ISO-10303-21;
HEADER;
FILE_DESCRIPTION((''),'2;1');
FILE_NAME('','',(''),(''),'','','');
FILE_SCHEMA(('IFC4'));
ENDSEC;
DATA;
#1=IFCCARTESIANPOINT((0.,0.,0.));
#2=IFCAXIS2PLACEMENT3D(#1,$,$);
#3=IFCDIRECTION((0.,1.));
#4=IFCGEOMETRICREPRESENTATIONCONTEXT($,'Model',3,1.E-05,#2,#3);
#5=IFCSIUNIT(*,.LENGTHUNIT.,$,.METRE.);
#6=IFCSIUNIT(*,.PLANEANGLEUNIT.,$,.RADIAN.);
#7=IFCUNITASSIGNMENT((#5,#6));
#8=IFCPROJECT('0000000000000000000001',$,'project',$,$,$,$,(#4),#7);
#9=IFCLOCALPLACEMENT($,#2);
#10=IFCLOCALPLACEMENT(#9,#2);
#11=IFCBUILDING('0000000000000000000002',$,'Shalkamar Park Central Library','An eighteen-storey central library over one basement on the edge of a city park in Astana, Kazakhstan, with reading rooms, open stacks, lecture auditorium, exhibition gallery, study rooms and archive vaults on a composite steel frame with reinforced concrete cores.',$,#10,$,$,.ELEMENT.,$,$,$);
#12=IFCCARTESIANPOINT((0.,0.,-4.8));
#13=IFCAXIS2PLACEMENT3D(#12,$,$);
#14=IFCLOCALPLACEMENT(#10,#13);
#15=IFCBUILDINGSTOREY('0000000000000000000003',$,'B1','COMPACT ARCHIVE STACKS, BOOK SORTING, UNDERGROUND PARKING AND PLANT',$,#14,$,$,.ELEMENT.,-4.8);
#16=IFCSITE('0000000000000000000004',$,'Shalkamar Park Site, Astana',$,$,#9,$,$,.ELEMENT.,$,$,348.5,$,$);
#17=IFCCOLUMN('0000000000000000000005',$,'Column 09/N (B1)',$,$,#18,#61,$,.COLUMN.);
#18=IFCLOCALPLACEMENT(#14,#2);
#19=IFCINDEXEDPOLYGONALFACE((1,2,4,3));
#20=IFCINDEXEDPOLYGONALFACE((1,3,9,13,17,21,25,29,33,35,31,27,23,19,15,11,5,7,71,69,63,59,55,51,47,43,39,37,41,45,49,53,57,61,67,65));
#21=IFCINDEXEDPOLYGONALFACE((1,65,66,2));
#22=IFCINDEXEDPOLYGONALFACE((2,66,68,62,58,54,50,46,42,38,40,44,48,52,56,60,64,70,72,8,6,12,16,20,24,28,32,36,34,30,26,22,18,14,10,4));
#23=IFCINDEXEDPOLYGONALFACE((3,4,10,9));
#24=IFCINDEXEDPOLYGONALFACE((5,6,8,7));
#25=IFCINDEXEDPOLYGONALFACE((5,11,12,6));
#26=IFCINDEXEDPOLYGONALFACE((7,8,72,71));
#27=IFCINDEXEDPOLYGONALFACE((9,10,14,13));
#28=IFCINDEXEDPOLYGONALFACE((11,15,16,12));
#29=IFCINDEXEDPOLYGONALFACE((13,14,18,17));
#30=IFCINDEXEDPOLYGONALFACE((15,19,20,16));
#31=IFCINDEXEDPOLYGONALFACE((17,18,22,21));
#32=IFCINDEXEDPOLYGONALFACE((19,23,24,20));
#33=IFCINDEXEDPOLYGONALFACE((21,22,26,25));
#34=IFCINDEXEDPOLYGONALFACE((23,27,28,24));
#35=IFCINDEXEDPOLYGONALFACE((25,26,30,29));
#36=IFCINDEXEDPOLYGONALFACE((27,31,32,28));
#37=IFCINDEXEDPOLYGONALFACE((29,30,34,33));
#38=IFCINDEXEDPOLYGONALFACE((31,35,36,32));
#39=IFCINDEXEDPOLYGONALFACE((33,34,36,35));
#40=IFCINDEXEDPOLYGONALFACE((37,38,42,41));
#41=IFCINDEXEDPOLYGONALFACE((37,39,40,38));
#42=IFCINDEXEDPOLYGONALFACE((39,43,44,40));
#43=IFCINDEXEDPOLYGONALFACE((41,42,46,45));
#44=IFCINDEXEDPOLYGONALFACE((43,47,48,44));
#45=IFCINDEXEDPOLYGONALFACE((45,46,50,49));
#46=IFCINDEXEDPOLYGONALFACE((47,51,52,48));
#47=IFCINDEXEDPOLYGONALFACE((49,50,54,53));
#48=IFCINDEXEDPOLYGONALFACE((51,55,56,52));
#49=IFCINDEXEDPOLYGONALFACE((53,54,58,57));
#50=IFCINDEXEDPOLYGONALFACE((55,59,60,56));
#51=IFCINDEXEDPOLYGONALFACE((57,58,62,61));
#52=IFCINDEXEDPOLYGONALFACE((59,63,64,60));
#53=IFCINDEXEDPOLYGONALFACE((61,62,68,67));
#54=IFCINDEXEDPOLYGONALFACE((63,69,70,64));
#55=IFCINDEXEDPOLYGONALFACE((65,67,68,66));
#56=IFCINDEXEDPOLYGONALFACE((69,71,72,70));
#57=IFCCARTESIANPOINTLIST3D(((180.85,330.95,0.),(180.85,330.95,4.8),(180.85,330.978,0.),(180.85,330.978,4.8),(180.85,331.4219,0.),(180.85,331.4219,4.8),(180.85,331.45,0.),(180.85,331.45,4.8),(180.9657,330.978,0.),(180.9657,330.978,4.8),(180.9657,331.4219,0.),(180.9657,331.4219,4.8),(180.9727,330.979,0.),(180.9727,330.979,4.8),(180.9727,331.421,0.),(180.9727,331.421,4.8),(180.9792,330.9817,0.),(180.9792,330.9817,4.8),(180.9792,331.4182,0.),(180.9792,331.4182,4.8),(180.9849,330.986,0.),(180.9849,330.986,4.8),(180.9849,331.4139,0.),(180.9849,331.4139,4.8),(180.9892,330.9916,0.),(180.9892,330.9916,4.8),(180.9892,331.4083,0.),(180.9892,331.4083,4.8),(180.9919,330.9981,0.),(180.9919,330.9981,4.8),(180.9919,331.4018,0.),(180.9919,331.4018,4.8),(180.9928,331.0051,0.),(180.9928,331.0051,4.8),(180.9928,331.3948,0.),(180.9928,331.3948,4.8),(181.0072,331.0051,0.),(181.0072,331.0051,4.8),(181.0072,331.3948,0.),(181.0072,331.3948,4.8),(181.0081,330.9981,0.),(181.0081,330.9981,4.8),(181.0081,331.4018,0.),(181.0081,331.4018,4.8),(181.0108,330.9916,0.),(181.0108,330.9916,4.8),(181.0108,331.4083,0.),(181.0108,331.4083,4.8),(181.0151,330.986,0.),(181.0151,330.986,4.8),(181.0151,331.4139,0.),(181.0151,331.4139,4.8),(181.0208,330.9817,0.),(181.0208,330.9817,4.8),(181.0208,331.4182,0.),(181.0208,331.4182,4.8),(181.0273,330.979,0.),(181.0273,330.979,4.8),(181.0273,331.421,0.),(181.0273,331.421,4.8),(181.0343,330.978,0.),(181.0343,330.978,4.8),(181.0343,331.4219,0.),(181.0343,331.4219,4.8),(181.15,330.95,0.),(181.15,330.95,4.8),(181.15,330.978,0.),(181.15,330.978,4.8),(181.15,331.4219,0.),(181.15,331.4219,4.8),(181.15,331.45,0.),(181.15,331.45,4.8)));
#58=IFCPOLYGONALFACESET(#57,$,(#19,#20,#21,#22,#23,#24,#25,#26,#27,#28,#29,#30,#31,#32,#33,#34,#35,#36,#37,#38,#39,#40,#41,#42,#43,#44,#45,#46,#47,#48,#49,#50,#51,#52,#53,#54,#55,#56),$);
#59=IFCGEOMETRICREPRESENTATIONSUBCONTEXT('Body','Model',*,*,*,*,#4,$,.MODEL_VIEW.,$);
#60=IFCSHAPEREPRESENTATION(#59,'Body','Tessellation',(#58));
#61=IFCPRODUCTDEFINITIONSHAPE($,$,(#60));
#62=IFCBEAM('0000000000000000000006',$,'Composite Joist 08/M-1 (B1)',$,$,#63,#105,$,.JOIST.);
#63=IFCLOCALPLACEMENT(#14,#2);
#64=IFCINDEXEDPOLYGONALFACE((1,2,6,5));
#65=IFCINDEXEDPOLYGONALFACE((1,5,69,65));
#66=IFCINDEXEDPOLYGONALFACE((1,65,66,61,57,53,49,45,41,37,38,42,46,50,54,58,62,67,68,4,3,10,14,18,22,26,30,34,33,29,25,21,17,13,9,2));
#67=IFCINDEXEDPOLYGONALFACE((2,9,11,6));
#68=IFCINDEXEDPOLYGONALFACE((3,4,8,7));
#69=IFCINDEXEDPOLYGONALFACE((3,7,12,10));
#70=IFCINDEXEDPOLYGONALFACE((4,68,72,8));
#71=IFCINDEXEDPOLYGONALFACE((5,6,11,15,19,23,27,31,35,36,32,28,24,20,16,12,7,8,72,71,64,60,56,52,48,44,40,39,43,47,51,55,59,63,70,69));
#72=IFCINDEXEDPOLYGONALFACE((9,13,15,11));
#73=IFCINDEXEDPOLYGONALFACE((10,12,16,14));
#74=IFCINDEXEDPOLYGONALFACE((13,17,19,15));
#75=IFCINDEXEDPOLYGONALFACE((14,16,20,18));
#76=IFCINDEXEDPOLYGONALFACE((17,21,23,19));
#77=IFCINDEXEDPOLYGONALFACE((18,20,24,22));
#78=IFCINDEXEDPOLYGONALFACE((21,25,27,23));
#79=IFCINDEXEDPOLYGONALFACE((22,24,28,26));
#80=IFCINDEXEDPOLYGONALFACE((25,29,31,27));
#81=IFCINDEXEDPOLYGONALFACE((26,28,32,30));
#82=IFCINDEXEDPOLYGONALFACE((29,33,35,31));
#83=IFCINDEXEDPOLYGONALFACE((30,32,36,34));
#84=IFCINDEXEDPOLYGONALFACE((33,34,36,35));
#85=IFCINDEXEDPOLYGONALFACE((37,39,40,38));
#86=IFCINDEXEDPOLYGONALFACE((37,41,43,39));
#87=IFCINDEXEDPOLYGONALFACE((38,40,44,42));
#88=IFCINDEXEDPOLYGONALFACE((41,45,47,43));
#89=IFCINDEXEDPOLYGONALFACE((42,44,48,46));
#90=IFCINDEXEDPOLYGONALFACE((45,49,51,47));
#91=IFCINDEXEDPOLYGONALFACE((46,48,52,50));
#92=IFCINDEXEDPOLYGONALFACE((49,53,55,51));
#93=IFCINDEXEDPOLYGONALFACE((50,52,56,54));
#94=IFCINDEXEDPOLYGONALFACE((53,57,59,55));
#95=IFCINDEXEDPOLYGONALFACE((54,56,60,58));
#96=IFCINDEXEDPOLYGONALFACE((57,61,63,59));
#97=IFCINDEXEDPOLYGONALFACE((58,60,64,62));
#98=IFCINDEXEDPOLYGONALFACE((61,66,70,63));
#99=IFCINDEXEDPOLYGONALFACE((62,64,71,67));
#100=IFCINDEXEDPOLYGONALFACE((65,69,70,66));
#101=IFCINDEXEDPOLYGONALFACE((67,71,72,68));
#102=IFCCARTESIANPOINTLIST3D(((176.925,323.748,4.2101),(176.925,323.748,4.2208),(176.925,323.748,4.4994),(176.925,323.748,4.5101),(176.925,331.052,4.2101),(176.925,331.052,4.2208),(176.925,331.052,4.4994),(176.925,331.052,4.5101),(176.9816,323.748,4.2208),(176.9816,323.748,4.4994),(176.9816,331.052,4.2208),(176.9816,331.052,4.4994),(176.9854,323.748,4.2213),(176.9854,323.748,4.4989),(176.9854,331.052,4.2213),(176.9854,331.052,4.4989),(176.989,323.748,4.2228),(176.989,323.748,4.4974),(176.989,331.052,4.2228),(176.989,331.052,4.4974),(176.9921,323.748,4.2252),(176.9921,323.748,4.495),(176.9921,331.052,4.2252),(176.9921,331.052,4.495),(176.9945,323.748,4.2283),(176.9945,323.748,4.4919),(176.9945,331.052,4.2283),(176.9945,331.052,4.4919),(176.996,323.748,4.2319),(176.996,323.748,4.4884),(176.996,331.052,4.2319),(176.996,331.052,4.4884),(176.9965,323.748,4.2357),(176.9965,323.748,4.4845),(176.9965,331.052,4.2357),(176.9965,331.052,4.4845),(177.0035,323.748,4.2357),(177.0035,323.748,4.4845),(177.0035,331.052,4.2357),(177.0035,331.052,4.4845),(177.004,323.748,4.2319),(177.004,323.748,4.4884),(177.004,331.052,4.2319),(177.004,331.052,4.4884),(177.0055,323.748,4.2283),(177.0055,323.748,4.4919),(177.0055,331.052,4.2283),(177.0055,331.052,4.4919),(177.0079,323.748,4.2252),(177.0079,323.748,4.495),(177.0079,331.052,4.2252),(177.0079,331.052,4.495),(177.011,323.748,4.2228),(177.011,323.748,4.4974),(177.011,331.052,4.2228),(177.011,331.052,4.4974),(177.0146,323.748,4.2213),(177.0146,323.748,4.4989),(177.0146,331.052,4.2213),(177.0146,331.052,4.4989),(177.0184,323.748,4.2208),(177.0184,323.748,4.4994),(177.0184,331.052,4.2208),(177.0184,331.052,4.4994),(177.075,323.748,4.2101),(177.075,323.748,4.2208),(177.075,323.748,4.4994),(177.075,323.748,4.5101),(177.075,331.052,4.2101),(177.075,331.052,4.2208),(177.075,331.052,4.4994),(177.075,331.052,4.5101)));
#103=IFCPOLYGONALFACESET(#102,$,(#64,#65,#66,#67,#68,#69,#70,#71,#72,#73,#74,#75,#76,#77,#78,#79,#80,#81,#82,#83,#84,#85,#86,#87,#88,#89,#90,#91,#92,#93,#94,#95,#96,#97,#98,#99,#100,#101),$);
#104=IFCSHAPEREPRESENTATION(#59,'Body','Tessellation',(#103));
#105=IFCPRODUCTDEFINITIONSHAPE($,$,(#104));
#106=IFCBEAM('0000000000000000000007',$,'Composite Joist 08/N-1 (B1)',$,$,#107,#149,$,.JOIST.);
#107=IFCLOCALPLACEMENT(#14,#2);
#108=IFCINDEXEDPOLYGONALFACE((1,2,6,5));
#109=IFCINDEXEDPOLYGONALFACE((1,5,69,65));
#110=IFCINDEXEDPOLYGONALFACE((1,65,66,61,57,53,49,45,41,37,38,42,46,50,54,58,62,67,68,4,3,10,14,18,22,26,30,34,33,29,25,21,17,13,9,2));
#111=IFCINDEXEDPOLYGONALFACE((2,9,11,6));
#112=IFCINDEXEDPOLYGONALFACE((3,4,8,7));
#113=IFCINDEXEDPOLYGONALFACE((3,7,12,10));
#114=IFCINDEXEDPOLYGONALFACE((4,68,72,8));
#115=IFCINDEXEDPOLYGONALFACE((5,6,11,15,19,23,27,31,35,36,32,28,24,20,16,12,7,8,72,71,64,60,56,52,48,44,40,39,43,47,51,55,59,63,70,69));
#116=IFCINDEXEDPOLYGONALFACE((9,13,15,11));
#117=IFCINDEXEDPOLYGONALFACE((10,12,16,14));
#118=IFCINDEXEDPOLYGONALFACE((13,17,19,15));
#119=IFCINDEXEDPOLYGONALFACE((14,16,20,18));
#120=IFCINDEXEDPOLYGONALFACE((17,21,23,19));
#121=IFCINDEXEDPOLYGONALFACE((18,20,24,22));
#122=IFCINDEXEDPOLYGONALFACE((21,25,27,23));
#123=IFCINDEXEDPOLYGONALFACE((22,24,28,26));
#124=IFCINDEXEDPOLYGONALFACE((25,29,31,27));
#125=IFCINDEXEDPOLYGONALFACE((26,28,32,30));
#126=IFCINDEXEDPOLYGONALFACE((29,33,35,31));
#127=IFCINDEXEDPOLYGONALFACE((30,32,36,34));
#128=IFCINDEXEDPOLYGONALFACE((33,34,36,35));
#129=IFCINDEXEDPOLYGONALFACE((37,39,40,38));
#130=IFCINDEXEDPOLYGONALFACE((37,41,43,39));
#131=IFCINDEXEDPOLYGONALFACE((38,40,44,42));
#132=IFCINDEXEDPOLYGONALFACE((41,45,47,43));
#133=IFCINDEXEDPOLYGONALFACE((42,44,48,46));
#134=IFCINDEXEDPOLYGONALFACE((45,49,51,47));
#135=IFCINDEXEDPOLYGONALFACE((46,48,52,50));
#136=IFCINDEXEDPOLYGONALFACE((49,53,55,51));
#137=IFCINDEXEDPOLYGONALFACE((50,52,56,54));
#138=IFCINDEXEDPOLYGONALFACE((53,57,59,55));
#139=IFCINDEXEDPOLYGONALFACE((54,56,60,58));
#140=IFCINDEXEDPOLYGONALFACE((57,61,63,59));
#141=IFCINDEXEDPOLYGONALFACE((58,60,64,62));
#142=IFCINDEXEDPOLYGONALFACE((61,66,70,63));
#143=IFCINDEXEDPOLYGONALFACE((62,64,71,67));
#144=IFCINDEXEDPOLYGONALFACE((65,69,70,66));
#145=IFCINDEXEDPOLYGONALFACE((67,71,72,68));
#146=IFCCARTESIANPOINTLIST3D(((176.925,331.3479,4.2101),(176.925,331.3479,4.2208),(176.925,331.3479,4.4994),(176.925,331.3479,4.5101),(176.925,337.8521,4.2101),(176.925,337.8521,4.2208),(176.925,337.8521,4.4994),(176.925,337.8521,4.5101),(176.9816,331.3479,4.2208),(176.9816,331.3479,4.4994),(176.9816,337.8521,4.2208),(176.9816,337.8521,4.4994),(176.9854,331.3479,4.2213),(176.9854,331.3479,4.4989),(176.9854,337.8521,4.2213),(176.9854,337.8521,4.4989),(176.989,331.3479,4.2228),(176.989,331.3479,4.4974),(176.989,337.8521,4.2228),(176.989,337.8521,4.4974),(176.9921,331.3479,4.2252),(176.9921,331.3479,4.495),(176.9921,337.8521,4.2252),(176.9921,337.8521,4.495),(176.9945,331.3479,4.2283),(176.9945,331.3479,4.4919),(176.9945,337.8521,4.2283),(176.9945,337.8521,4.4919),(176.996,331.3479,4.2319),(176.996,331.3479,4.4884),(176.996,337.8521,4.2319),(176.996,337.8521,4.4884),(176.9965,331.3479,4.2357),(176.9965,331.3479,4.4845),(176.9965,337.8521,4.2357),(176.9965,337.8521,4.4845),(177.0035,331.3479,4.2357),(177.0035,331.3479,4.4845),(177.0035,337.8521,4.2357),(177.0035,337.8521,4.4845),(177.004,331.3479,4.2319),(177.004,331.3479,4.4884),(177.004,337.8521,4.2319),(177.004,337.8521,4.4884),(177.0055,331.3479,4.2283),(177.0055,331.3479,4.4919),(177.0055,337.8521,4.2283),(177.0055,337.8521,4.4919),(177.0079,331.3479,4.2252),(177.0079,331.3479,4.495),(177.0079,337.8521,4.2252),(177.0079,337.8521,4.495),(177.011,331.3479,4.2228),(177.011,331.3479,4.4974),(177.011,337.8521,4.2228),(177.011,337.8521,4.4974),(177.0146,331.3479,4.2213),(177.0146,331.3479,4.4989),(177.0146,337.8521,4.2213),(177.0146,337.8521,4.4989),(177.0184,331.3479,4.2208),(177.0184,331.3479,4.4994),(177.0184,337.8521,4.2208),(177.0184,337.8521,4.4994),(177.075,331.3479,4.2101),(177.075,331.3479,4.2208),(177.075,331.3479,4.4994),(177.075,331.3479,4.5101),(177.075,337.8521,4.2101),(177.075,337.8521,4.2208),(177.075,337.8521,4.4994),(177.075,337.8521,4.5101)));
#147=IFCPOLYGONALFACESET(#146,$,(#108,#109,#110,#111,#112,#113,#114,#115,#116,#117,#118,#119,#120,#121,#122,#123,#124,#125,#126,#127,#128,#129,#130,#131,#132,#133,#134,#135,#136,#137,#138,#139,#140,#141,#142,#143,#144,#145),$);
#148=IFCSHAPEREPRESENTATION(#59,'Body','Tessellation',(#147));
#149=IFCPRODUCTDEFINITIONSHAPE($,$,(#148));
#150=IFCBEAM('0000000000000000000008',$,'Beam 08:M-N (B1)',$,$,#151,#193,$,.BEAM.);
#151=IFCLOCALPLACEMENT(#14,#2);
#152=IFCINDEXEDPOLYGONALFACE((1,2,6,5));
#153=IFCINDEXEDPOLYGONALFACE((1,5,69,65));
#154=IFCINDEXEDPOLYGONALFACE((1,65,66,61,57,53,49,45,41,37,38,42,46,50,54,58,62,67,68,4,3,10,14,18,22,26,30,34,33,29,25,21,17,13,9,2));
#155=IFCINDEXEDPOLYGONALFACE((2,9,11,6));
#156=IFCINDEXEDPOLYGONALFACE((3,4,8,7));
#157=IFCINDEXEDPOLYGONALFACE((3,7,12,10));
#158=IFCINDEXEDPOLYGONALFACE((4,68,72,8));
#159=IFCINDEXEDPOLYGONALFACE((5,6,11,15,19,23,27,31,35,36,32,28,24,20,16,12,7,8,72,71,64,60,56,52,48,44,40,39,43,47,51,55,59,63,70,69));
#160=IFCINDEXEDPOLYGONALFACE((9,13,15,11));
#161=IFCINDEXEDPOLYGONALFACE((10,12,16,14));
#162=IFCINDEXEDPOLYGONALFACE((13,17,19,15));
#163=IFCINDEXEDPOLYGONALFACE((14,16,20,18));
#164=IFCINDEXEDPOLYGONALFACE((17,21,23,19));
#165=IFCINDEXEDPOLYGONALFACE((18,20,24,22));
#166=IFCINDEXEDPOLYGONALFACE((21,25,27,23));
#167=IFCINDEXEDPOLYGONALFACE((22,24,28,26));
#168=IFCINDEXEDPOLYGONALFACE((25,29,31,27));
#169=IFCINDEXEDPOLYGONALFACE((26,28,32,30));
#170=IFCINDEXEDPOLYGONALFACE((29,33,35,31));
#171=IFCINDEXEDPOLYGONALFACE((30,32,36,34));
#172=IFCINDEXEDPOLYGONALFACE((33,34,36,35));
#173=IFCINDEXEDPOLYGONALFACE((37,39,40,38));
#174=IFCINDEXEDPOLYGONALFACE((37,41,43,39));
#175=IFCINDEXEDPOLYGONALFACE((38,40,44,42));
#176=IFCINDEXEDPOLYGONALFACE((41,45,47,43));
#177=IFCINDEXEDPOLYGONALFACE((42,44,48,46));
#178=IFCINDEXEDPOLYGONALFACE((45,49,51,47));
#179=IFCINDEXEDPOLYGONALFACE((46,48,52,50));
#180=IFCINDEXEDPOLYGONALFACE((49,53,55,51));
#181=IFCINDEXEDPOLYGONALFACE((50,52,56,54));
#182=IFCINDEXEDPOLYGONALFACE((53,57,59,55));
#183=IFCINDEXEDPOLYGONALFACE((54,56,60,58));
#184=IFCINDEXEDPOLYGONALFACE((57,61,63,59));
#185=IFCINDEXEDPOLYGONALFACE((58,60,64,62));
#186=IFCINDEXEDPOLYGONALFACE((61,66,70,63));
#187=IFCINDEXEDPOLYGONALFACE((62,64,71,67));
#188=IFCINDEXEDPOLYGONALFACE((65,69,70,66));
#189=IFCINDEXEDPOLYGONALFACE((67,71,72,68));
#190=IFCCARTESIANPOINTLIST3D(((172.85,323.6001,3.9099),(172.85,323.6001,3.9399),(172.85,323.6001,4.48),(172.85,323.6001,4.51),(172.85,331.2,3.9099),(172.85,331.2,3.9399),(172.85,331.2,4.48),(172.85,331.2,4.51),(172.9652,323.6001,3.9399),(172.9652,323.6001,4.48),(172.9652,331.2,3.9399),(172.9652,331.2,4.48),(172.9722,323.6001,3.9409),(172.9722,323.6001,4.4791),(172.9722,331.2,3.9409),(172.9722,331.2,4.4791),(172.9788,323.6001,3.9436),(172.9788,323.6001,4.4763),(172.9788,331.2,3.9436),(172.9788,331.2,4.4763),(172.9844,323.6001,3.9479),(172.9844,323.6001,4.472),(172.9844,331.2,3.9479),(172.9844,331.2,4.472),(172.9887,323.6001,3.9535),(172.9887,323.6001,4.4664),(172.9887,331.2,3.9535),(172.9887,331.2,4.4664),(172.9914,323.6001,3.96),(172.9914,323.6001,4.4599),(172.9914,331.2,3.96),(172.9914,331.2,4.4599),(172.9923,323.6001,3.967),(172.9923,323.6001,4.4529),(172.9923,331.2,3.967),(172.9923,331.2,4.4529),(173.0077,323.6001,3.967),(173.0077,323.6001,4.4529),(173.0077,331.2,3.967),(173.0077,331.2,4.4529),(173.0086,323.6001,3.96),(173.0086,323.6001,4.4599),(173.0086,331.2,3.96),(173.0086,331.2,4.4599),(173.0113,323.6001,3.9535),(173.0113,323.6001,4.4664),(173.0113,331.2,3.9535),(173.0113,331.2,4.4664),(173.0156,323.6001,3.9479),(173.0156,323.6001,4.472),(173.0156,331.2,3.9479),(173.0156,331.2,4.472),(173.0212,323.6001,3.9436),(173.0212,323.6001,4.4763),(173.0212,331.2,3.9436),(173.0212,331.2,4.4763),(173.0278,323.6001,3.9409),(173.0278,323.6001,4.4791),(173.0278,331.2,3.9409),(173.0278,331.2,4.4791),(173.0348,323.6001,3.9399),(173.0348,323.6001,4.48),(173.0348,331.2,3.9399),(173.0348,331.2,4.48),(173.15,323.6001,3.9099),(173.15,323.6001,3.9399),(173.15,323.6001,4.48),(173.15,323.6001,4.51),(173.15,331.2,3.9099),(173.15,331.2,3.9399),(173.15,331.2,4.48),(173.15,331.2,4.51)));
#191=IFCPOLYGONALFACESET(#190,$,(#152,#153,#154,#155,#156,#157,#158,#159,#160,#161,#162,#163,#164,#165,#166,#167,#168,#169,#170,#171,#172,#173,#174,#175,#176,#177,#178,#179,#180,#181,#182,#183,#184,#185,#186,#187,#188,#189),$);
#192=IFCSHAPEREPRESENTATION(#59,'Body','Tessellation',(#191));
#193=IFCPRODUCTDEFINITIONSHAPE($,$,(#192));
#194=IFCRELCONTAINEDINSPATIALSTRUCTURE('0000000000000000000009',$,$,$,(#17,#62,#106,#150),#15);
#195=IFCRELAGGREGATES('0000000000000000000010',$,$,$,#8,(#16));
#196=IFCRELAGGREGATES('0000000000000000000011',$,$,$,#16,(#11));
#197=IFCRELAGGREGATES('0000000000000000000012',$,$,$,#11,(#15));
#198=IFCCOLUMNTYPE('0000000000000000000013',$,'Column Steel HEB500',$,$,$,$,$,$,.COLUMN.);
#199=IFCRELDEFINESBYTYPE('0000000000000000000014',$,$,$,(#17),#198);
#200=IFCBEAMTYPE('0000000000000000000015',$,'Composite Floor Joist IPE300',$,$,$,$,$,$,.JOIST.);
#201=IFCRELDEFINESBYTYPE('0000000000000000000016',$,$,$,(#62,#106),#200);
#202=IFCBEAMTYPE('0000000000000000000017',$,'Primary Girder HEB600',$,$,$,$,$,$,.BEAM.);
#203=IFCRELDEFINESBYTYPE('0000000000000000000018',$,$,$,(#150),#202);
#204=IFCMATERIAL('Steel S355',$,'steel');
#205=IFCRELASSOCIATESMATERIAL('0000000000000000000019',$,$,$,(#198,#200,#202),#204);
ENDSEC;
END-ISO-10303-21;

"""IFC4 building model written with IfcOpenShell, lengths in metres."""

from ifc_helpers import new_model, si_unit, direction, frame, origin, origin_2d, place, context, subcontext, project, spatial, i_section, extrude, material, material_profile, profile_set, type_object, element, save


model = new_model("IFC4")

# Units and contexts
model_context = context("Model", 3, precision=1e-05, world=origin(), true_north=direction((0.0, 1.0)))
body_context = subcontext(model_context, "Body", "Model", "MODEL_VIEW")
ifc_project = project(units=[si_unit("LENGTHUNIT", "METRE"), si_unit("PLANEANGLEUNIT", "RADIAN")], contexts=[model_context])

# Site, building, storey
site_placement = place(None, origin())
site = spatial("IfcSite", under=ifc_project, at=site_placement, Name="Shalkamar Park Site, Astana", CompositionType="ELEMENT", RefElevation=348.5)
building_placement = place(site_placement, origin())
building = spatial("IfcBuilding", under=site, at=building_placement, Name="Shalkamar Park Central Library", Description="An eighteen-storey central library over one basement on the edge of a city park in Astana, Kazakhstan, with reading rooms, open stacks, lecture auditorium, exhibition gallery, study rooms and archive vaults on a composite steel frame with reinforced concrete cores.", CompositionType="ELEMENT")
storey_placement = place(building_placement, frame((0.0, 0.0, -4.8)))
storey = spatial("IfcBuildingStorey", under=building, at=storey_placement, Name="B1", Description="COMPACT ARCHIVE STACKS, BOOK SORTING, UNDERGROUND PARKING AND PLANT", CompositionType="ELEMENT", Elevation=-4.8)

# Column
ifc_material_1 = material(Name="Steel S355", Category="steel")
ifc_material_profile_1 = material_profile(ifc_material_1, i_section(OverallWidth=0.3, OverallDepth=0.5, WebThickness=0.0144, FlangeThickness=0.0281, FilletRadius=0.0271, at=origin_2d()), Name="HEB 500")
ifc_profile_set_1 = profile_set([ifc_material_profile_1], Name="Steel S355")
column_type = type_object("IfcColumnType", Name="Column Steel HEB500", PredefinedType="COLUMN", material=ifc_profile_set_1)
for number, where, z_axis, x_axis, name in (
    (1, (181.0, 331.2, 0.0), (0.0, 0.0, 1.0), (1.0, 0.0, 0.0), "Column 09/N (B1)"),
):
    element("IfcColumn", number, at=place(storey_placement, frame(where, z_axis=z_axis, x_axis=x_axis)), inside=storey, type_object=column_type, Name=name, PredefinedType="COLUMN", context=body_context, shape_type="SweptSolid", body=[
        extrude(i_section(OverallWidth=0.3, OverallDepth=0.5, WebThickness=0.0144, FlangeThickness=0.0281, FilletRadius=0.0271, at=origin_2d()), origin(), (0.0, 0.0, 1.0), 4.8),
    ])

# Beams
ifc_material_profile_2 = material_profile(ifc_material_1, i_section(OverallWidth=0.1499, OverallDepth=0.3, WebThickness=0.0071, FlangeThickness=0.0107, FilletRadius=0.0149, at=origin_2d()), Name="IPE 300")
ifc_profile_set_2 = profile_set([ifc_material_profile_2], Name="Steel S355")
beam_type_1 = type_object("IfcBeamType", Name="Composite Floor Joist IPE300", PredefinedType="JOIST", material=ifc_profile_set_2)
beam_1_placement = place(storey_placement, frame((177.0, 323.748, 4.3601), z_axis=(0.0, 1.0, 0.0), x_axis=(-1.0, 0.0, 0.0)))
element("IfcBeam", 2, at=beam_1_placement, inside=storey, type_object=beam_type_1, Name="Composite Joist 08/M-1 (B1)", PredefinedType="JOIST", context=body_context, shape_type="SweptSolid", body=[
    extrude(i_section(OverallWidth=0.1499, OverallDepth=0.3, WebThickness=0.0071, FlangeThickness=0.0107, FilletRadius=0.0149, at=origin_2d()), origin(), (0.0, 0.0, 1.0), 7.304),
])
beam_2_placement = place(storey_placement, frame((177.0, 331.3479, 4.3601), z_axis=(0.0, 1.0, 0.0), x_axis=(-1.0, 0.0, 0.0)))
element("IfcBeam", 3, at=beam_2_placement, inside=storey, type_object=beam_type_1, Name="Composite Joist 08/N-1 (B1)", PredefinedType="JOIST", context=body_context, shape_type="SweptSolid", body=[
    extrude(i_section(OverallWidth=0.1499, OverallDepth=0.3, WebThickness=0.0071, FlangeThickness=0.0107, FilletRadius=0.0149, at=origin_2d()), origin(), (0.0, 0.0, 1.0), 6.5042),
])
ifc_material_profile_3 = material_profile(ifc_material_1, i_section(OverallWidth=0.3, OverallDepth=0.6001, WebThickness=0.0154, FlangeThickness=0.03, FilletRadius=0.0271, at=origin_2d()), Name="HEB 600")
ifc_profile_set_3 = profile_set([ifc_material_profile_3], Name="Steel S355")
beam_type_2 = type_object("IfcBeamType", Name="Primary Girder HEB600", PredefinedType="BEAM", material=ifc_profile_set_3)
for number, where, z_axis, x_axis, name in (
    (4, (173.0, 323.6001, 4.21), (0.0, 1.0, 0.0), (-1.0, 0.0, 0.0), "Beam 08:M-N (B1)"),
):
    element("IfcBeam", number, at=place(storey_placement, frame(where, z_axis=z_axis, x_axis=x_axis)), inside=storey, type_object=beam_type_2, Name=name, PredefinedType="BEAM", context=body_context, shape_type="SweptSolid", body=[
        extrude(i_section(OverallWidth=0.3, OverallDepth=0.6001, WebThickness=0.0154, FlangeThickness=0.03, FilletRadius=0.0271, at=origin_2d()), origin(), (0.0, 0.0, 1.0), 7.5999),
    ])

save(model, "model.ifc")
